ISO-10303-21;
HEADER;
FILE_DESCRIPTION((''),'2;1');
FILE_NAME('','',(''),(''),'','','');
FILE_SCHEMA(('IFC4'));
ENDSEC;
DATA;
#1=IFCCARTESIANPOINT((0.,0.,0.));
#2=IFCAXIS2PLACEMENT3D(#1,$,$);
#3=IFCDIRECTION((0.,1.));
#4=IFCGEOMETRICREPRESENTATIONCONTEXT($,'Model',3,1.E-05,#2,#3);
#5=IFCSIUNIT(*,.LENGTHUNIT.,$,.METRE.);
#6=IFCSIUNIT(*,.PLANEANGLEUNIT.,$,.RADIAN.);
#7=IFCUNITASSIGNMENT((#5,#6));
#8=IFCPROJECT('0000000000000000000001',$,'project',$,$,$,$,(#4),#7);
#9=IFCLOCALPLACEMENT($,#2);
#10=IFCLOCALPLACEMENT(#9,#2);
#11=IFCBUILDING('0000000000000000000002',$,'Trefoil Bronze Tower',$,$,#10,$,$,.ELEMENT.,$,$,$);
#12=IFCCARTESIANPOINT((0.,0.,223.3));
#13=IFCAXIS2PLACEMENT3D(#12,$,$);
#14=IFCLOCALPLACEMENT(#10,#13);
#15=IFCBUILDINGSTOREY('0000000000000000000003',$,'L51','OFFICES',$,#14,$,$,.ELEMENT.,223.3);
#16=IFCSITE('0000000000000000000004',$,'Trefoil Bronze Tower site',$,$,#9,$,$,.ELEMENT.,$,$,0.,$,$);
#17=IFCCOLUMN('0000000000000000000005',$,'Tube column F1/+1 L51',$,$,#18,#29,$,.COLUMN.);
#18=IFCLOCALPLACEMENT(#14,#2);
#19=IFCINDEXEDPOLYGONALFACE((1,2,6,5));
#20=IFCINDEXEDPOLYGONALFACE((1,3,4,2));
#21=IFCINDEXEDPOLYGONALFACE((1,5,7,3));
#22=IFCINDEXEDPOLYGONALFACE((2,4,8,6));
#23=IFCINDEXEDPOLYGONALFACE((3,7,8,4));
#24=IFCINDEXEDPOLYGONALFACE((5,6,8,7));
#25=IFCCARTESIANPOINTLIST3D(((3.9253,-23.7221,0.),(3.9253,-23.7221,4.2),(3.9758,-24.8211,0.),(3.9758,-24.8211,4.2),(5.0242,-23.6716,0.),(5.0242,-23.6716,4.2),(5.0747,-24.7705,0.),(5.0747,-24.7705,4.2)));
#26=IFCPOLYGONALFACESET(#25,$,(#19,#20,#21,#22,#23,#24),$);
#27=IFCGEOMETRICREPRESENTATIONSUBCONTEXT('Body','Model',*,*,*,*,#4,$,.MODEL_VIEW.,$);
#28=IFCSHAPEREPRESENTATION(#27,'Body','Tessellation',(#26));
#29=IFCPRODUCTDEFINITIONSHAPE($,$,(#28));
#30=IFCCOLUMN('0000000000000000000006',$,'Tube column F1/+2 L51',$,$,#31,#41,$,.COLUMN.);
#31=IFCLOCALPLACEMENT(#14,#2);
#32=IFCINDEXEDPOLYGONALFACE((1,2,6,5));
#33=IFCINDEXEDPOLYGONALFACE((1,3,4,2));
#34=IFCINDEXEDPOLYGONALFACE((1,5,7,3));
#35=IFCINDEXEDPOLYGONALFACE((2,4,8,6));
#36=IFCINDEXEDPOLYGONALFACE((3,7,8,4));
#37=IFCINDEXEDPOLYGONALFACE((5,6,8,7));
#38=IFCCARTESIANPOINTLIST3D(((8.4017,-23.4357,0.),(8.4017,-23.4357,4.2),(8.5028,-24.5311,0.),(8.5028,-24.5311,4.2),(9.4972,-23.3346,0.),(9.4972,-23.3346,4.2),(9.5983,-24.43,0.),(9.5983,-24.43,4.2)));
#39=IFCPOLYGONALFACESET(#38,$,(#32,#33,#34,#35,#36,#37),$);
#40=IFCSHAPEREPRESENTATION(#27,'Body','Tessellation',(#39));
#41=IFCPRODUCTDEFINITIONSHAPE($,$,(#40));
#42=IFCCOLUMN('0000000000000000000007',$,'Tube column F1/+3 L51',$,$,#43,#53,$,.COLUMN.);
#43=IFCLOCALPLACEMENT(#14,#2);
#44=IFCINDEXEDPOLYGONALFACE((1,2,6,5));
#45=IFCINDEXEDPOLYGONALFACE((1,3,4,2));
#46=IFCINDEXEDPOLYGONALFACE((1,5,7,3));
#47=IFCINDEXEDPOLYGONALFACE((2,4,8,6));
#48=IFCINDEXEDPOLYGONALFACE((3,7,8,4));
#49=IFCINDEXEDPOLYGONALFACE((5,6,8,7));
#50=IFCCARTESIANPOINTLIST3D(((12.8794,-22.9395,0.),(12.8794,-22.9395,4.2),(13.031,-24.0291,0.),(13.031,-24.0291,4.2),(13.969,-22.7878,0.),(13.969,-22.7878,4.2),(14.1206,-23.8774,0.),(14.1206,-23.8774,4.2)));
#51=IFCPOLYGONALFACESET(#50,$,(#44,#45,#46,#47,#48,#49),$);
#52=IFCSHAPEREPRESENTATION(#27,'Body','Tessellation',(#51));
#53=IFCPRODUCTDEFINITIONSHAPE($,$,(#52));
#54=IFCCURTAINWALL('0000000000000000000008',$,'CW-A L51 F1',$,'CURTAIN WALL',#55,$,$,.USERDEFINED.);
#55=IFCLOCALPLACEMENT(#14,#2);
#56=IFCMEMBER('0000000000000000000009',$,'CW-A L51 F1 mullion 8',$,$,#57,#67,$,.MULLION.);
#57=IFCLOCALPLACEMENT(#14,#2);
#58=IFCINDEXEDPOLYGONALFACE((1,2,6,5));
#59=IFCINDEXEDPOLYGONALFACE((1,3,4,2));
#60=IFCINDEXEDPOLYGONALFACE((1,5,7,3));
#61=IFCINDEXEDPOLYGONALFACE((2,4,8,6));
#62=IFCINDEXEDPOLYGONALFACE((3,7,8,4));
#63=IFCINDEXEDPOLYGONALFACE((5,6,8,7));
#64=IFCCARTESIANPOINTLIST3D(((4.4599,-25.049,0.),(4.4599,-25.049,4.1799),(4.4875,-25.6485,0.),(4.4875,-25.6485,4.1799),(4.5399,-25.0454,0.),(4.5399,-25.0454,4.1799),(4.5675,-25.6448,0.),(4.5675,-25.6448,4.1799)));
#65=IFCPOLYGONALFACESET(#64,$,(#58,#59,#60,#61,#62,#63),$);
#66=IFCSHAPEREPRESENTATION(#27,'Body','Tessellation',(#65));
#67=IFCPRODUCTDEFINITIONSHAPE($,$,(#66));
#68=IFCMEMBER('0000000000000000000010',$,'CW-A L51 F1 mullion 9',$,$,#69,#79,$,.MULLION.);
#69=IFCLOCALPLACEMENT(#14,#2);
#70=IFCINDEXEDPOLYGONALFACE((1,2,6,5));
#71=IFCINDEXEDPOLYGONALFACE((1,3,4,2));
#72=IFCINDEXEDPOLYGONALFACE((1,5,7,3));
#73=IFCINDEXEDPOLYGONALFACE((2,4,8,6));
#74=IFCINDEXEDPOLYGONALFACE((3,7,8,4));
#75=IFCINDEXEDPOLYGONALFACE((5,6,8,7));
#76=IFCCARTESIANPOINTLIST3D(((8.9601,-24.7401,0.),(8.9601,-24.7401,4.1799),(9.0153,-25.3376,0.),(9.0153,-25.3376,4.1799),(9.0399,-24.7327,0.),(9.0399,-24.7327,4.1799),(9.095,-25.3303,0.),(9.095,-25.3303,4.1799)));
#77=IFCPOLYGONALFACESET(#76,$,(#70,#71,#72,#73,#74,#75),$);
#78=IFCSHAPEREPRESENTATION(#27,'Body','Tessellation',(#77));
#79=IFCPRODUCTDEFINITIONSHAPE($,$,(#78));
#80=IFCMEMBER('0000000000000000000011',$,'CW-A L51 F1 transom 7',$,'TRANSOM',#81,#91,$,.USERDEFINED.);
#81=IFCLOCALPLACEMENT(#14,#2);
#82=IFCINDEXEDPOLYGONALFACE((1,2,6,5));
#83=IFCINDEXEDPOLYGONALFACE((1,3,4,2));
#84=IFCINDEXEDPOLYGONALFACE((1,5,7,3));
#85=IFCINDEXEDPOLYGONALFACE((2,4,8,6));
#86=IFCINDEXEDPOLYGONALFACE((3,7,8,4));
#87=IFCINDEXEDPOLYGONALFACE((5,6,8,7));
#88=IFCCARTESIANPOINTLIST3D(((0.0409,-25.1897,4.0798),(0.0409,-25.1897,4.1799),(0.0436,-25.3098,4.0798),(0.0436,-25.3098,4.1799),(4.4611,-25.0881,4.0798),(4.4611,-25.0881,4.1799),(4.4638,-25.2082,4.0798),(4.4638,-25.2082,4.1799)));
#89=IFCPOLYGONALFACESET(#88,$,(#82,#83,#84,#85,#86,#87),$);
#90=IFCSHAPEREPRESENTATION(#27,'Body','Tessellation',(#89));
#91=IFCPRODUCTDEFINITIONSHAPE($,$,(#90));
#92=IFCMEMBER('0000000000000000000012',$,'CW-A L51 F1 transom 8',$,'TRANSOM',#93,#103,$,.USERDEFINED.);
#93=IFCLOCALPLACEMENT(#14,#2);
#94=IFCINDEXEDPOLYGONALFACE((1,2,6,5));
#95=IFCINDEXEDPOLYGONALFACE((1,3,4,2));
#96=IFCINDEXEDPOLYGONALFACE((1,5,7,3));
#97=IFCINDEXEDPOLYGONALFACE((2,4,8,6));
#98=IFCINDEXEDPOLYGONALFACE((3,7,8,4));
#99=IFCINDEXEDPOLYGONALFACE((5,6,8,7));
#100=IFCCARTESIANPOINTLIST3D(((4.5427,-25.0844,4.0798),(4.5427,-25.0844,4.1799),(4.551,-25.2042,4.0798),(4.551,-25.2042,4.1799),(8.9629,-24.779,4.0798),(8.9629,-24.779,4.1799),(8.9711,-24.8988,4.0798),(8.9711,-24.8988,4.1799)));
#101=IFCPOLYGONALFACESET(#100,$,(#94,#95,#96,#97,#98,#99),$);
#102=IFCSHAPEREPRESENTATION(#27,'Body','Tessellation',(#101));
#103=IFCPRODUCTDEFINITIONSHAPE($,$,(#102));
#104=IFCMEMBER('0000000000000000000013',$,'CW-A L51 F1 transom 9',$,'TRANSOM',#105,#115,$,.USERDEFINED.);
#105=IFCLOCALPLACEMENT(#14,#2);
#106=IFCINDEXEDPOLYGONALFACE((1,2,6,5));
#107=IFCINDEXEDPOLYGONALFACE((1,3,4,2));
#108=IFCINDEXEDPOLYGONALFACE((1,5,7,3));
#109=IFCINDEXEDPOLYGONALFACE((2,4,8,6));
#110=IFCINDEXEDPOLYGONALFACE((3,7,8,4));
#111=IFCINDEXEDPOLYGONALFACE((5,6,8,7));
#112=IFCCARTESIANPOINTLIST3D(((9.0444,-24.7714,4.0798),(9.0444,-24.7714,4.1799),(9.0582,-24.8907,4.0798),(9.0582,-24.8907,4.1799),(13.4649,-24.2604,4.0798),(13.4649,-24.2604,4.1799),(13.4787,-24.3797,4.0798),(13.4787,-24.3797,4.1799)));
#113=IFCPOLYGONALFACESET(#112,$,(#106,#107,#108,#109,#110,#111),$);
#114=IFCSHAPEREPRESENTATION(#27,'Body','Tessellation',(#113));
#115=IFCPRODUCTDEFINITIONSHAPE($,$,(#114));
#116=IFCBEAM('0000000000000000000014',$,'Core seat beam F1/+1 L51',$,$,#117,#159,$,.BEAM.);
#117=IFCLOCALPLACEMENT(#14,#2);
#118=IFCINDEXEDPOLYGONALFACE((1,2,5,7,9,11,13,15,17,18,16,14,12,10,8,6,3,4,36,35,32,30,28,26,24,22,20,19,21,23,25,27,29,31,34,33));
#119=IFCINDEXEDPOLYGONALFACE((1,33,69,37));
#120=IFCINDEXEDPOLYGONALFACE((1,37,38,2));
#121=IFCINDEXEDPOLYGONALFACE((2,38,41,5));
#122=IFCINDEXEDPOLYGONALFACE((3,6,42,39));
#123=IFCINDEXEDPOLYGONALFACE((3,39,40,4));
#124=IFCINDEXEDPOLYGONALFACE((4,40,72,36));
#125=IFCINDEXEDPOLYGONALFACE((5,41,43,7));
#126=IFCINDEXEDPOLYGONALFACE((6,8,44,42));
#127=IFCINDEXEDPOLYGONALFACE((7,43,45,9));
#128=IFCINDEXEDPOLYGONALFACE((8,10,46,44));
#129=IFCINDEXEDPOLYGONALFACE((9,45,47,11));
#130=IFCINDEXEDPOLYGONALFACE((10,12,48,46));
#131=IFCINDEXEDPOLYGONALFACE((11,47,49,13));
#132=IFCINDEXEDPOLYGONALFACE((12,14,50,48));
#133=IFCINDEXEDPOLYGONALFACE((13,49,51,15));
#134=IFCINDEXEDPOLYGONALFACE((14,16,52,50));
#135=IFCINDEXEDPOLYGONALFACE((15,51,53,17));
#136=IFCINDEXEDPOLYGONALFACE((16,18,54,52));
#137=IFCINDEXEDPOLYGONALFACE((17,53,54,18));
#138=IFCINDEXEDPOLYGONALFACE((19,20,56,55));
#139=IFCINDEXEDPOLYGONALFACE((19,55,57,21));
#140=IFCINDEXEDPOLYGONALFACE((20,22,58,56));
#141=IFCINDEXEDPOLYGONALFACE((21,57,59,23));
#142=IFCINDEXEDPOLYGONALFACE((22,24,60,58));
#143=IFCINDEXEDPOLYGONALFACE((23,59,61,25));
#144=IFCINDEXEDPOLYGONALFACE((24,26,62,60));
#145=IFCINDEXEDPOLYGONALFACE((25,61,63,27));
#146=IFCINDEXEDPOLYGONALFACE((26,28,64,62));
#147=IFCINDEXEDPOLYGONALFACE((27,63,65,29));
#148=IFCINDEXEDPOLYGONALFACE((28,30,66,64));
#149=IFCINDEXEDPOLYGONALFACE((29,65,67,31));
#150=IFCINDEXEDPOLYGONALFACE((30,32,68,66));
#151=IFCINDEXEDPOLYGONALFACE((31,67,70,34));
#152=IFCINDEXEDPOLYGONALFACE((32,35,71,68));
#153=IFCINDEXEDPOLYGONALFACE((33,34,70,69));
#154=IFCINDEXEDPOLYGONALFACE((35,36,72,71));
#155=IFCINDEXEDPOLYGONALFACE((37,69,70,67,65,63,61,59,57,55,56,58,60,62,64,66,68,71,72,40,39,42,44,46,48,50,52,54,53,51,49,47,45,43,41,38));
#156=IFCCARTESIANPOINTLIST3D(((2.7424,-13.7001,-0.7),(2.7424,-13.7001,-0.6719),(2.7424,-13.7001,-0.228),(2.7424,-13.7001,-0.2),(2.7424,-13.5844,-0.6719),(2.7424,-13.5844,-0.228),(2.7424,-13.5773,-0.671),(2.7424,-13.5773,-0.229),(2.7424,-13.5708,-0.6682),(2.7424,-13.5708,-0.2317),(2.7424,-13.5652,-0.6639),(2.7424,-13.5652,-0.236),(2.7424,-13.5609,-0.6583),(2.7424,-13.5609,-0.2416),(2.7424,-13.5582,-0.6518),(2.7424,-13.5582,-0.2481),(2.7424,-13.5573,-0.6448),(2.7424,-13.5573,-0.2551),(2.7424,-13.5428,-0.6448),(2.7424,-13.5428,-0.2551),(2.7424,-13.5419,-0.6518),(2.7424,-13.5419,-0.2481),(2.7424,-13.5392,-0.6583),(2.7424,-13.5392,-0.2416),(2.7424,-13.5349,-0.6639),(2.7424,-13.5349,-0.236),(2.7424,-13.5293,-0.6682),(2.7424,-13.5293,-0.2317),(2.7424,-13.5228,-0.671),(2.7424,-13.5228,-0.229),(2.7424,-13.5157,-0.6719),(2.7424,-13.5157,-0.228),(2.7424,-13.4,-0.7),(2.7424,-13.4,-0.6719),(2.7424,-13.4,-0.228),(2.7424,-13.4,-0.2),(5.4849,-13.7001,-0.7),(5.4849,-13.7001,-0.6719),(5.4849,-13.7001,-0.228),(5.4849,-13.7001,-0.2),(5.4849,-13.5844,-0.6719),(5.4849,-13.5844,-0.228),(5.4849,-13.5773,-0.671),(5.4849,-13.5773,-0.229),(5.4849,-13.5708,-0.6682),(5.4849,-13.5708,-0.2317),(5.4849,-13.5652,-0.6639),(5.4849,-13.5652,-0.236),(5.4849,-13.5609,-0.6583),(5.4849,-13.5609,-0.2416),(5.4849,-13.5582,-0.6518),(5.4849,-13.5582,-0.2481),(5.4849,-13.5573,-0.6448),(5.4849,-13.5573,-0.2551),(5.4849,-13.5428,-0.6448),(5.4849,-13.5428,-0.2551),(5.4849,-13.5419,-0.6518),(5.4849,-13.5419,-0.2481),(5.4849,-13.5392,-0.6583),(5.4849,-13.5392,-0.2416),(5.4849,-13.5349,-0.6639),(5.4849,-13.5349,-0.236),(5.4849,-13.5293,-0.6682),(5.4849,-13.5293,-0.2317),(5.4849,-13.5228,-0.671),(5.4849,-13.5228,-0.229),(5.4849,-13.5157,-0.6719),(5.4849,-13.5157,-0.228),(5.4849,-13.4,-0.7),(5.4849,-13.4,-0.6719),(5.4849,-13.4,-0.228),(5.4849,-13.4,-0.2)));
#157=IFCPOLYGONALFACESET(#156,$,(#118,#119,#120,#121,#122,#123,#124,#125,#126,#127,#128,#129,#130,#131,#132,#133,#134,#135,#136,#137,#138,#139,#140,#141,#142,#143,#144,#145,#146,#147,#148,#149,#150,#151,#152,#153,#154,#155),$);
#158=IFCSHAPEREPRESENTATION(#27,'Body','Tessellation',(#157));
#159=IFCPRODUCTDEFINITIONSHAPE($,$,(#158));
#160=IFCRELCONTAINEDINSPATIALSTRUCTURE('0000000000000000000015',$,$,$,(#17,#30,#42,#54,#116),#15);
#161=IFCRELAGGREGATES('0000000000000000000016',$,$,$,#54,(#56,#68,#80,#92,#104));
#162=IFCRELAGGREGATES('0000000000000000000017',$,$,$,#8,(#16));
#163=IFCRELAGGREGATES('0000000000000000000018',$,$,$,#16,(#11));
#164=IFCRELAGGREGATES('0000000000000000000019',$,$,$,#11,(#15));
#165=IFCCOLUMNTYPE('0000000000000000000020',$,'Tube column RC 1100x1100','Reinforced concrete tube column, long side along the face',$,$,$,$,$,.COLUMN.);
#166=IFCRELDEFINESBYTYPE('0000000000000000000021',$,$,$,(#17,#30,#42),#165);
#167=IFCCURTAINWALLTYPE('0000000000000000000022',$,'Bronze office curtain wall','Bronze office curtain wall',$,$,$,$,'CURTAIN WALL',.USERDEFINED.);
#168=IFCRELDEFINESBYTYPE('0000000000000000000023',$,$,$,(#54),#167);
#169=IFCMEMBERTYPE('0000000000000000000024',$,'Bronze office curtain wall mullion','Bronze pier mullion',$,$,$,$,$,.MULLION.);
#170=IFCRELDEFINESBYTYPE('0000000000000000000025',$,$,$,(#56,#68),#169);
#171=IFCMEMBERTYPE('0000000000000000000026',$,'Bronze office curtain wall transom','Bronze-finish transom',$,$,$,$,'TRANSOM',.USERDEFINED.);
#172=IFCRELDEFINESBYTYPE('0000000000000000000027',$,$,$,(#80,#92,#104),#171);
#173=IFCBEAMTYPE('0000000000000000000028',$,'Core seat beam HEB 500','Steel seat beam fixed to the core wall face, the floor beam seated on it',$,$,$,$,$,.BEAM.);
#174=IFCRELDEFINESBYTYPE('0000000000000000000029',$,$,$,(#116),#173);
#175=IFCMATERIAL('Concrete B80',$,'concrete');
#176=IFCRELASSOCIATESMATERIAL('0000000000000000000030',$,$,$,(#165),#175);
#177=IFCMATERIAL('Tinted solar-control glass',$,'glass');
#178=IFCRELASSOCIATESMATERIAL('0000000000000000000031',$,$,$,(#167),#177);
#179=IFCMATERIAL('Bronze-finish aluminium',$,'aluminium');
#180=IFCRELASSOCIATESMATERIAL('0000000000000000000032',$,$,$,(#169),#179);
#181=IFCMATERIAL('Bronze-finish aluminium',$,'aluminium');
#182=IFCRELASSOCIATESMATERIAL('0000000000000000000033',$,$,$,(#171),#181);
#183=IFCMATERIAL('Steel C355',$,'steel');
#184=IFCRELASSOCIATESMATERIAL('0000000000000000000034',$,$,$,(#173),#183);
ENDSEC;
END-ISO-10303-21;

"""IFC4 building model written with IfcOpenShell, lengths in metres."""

from ifc_helpers import new_model, si_unit, direction, frame, origin, origin_2d, place, context, subcontext, project, spatial, rectangle, i_section, extrude, material, material_profile, profile_set, type_object, element, aggregate, save


model = new_model("IFC4")

# Units and contexts
model_context = context("Model", 3, precision=1e-05, world=origin(), true_north=direction((0.0, 1.0)))
body_context = subcontext(model_context, "Body", "Model", "MODEL_VIEW")
ifc_project = project(units=[si_unit("LENGTHUNIT", "METRE"), si_unit("PLANEANGLEUNIT", "RADIAN")], contexts=[model_context])

# Site, building, storey
site_placement = place(None, origin())
site = spatial("IfcSite", under=ifc_project, at=site_placement, Name="Trefoil Bronze Tower site", CompositionType="ELEMENT", RefElevation=0.0)
building_placement = place(site_placement, origin())
building = spatial("IfcBuilding", under=site, at=building_placement, Name="Trefoil Bronze Tower", CompositionType="ELEMENT")
storey_placement = place(building_placement, frame((0.0, 0.0, 223.3)))
storey = spatial("IfcBuildingStorey", under=building, at=storey_placement, Name="L51", Description="OFFICES", CompositionType="ELEMENT", Elevation=223.3)

# Columns
ifc_material_1 = material(Name="Concrete B80", Category="concrete")
ifc_material_profile_1 = material_profile(ifc_material_1, rectangle(XDim=1.1001, YDim=1.1001, at=origin_2d()), Name="RC 1100x1100")
ifc_profile_set_1 = profile_set([ifc_material_profile_1], Name="Concrete B80")
column_type = type_object("IfcColumnType", Name="Tube column RC 1100x1100", Description="Reinforced concrete tube column, long side along the face", PredefinedType="COLUMN", material=ifc_profile_set_1)
for number, where, z_axis, x_axis, name in (
    (1, (4.5, -24.2463, 0.0), (0.0, 0.0, 1.0), (0.998943, 0.045956, 0.0), "Tube column F1/+1 L51"),
    (2, (9.0, -23.9329, 0.0), (0.0, 0.0, 1.0), (0.995767, 0.091911, 0.0), "Tube column F1/+2 L51"),
    (3, (13.5, -23.4084, 0.0), (0.0, 0.0, 1.0), (0.990451, 0.137868, 0.0), "Tube column F1/+3 L51"),
):
    element("IfcColumn", number, at=place(storey_placement, frame(where, z_axis=z_axis, x_axis=x_axis)), inside=storey, type_object=column_type, Name=name, PredefinedType="COLUMN", context=body_context, shape_type="SweptSolid", body=[
        extrude(rectangle(XDim=1.1001, YDim=1.1001, at=origin_2d()), origin(), (0.0, 0.0, 1.0), 4.2),
    ])

# Curtain wall, members
ifc_material_2 = material(Name="Tinted solar-control glass", Category="glass")
curtain_wall_type = type_object("IfcCurtainWallType", Name="Bronze office curtain wall", Description="Bronze office curtain wall", ElementType="CURTAIN WALL", PredefinedType="USERDEFINED", material=ifc_material_2)
curtain_wall_placement = place(storey_placement, origin())
curtain_wall = element("IfcCurtainWall", 4, at=curtain_wall_placement, inside=storey, type_object=curtain_wall_type, Name="CW-A L51 F1", ObjectType="CURTAIN WALL", PredefinedType="USERDEFINED")
ifc_material_3 = material(Name="Bronze-finish aluminium", Category="aluminium")
ifc_material_profile_2 = material_profile(ifc_material_3, rectangle(XDim=0.6001, YDim=0.0801, at=origin_2d()), Name="CW-A mullion")
ifc_profile_set_2 = profile_set([ifc_material_profile_2], Name="Bronze-finish aluminium")
member_type_1 = type_object("IfcMemberType", Name="Bronze office curtain wall mullion", Description="Bronze pier mullion", PredefinedType="MULLION", material=ifc_profile_set_2)
member_1_placement = place(storey_placement, frame((4.5137, -25.3469, 0.0), z_axis=(0.0, 0.0, 1.0), x_axis=(-0.045956, 0.998943, 0.0)))
member_1 = element("IfcMember", 5, at=member_1_placement, type_object=member_type_1, Name="CW-A L51 F1 mullion 8", PredefinedType="MULLION", context=body_context, shape_type="SweptSolid", body=[
    extrude(rectangle(XDim=0.6001, YDim=0.0801, at=origin_2d()), origin(), (0.0, 0.0, 1.0), 4.1799),
])
member_2_placement = place(storey_placement, frame((9.0276, -25.0352, 0.0), z_axis=(0.0, 0.0, 1.0), x_axis=(-0.091911, 0.995767, 0.0)))
member_2 = element("IfcMember", 6, at=member_2_placement, type_object=member_type_1, Name="CW-A L51 F1 mullion 9", PredefinedType="MULLION", context=body_context, shape_type="SweptSolid", body=[
    extrude(rectangle(XDim=0.6001, YDim=0.0801, at=origin_2d()), origin(), (0.0, 0.0, 1.0), 4.1799),
])
ifc_material_4 = material(Name="Bronze-finish aluminium", Category="aluminium")
ifc_material_profile_3 = material_profile(ifc_material_4, rectangle(XDim=0.1201, YDim=0.1001, at=origin_2d()), Name="CW-A transom")
ifc_profile_set_3 = profile_set([ifc_material_profile_3], Name="Bronze-finish aluminium")
member_type_2 = type_object("IfcMemberType", Name="Bronze office curtain wall transom", Description="Bronze-finish transom", ElementType="TRANSOM", PredefinedType="USERDEFINED", material=ifc_profile_set_3)
member_3_placement = place(storey_placement, frame((0.0422, -25.2498, 4.1299), z_axis=(0.999736, 0.022971, 0.0), x_axis=(-0.022971, 0.999736, 0.0)))
member_3 = element("IfcMember", 7, at=member_3_placement, type_object=member_type_2, Name="CW-A L51 F1 transom 7", ObjectType="TRANSOM", PredefinedType="USERDEFINED", context=body_context, shape_type="SweptSolid", body=[
    extrude(rectangle(XDim=0.1201, YDim=0.1001, at=origin_2d()), origin(), (0.0, 0.0, 1.0), 4.4214),
])
member_4_placement = place(storey_placement, frame((4.5469, -25.1443, 4.1299), z_axis=(0.997621, 0.068933, 0.0), x_axis=(-0.068933, 0.997621, 0.0)))
member_4 = element("IfcMember", 8, at=member_4_placement, type_object=member_type_2, Name="CW-A L51 F1 transom 8", ObjectType="TRANSOM", PredefinedType="USERDEFINED", context=body_context, shape_type="SweptSolid", body=[
    extrude(rectangle(XDim=0.1201, YDim=0.1001, at=origin_2d()), origin(), (0.0, 0.0, 1.0), 4.4307),
])
member_5_placement = place(storey_placement, frame((9.0513, -24.8311, 4.1299), z_axis=(0.993385, 0.114832, 0.0), x_axis=(-0.114832, 0.993385, 0.0)))
member_5 = element("IfcMember", 9, at=member_5_placement, type_object=member_type_2, Name="CW-A L51 F1 transom 9", ObjectType="TRANSOM", PredefinedType="USERDEFINED", context=body_context, shape_type="SweptSolid", body=[
    extrude(rectangle(XDim=0.1201, YDim=0.1001, at=origin_2d()), origin(), (0.0, 0.0, 1.0), 4.45),
])

# Beam
ifc_material_5 = material(Name="Steel C355", Category="steel")
ifc_material_profile_4 = material_profile(ifc_material_5, i_section(OverallWidth=0.3, OverallDepth=0.5, WebThickness=0.0144, FlangeThickness=0.0281, FilletRadius=0.0271, at=origin_2d()), Name="HEB 500")
ifc_profile_set_4 = profile_set([ifc_material_profile_4], Name="Steel C355")
beam_type_1 = type_object("IfcBeamType", Name="Core seat beam HEB 500", Description="Steel seat beam fixed to the core wall face, the floor beam seated on it", PredefinedType="BEAM", material=ifc_profile_set_4)
for number, where, z_axis, x_axis, name in (
    (10, (2.7424, -13.55, -0.45), (1.0, 0.0, 0.0), (0.0, 1.0, 0.0), "Core seat beam F1/+1 L51"),
):
    element("IfcBeam", number, at=place(storey_placement, frame(where, z_axis=z_axis, x_axis=x_axis)), inside=storey, type_object=beam_type_1, Name=name, PredefinedType="BEAM", context=body_context, shape_type="SweptSolid", body=[
        extrude(i_section(OverallWidth=0.3, OverallDepth=0.5, WebThickness=0.0144, FlangeThickness=0.0281, FilletRadius=0.0271, at=origin_2d()), origin(), (0.0, 0.0, 1.0), 2.7424),
    ])

aggregate(curtain_wall, [member_1, member_2, member_3, member_4, member_5])

save(model, "model.ifc")
